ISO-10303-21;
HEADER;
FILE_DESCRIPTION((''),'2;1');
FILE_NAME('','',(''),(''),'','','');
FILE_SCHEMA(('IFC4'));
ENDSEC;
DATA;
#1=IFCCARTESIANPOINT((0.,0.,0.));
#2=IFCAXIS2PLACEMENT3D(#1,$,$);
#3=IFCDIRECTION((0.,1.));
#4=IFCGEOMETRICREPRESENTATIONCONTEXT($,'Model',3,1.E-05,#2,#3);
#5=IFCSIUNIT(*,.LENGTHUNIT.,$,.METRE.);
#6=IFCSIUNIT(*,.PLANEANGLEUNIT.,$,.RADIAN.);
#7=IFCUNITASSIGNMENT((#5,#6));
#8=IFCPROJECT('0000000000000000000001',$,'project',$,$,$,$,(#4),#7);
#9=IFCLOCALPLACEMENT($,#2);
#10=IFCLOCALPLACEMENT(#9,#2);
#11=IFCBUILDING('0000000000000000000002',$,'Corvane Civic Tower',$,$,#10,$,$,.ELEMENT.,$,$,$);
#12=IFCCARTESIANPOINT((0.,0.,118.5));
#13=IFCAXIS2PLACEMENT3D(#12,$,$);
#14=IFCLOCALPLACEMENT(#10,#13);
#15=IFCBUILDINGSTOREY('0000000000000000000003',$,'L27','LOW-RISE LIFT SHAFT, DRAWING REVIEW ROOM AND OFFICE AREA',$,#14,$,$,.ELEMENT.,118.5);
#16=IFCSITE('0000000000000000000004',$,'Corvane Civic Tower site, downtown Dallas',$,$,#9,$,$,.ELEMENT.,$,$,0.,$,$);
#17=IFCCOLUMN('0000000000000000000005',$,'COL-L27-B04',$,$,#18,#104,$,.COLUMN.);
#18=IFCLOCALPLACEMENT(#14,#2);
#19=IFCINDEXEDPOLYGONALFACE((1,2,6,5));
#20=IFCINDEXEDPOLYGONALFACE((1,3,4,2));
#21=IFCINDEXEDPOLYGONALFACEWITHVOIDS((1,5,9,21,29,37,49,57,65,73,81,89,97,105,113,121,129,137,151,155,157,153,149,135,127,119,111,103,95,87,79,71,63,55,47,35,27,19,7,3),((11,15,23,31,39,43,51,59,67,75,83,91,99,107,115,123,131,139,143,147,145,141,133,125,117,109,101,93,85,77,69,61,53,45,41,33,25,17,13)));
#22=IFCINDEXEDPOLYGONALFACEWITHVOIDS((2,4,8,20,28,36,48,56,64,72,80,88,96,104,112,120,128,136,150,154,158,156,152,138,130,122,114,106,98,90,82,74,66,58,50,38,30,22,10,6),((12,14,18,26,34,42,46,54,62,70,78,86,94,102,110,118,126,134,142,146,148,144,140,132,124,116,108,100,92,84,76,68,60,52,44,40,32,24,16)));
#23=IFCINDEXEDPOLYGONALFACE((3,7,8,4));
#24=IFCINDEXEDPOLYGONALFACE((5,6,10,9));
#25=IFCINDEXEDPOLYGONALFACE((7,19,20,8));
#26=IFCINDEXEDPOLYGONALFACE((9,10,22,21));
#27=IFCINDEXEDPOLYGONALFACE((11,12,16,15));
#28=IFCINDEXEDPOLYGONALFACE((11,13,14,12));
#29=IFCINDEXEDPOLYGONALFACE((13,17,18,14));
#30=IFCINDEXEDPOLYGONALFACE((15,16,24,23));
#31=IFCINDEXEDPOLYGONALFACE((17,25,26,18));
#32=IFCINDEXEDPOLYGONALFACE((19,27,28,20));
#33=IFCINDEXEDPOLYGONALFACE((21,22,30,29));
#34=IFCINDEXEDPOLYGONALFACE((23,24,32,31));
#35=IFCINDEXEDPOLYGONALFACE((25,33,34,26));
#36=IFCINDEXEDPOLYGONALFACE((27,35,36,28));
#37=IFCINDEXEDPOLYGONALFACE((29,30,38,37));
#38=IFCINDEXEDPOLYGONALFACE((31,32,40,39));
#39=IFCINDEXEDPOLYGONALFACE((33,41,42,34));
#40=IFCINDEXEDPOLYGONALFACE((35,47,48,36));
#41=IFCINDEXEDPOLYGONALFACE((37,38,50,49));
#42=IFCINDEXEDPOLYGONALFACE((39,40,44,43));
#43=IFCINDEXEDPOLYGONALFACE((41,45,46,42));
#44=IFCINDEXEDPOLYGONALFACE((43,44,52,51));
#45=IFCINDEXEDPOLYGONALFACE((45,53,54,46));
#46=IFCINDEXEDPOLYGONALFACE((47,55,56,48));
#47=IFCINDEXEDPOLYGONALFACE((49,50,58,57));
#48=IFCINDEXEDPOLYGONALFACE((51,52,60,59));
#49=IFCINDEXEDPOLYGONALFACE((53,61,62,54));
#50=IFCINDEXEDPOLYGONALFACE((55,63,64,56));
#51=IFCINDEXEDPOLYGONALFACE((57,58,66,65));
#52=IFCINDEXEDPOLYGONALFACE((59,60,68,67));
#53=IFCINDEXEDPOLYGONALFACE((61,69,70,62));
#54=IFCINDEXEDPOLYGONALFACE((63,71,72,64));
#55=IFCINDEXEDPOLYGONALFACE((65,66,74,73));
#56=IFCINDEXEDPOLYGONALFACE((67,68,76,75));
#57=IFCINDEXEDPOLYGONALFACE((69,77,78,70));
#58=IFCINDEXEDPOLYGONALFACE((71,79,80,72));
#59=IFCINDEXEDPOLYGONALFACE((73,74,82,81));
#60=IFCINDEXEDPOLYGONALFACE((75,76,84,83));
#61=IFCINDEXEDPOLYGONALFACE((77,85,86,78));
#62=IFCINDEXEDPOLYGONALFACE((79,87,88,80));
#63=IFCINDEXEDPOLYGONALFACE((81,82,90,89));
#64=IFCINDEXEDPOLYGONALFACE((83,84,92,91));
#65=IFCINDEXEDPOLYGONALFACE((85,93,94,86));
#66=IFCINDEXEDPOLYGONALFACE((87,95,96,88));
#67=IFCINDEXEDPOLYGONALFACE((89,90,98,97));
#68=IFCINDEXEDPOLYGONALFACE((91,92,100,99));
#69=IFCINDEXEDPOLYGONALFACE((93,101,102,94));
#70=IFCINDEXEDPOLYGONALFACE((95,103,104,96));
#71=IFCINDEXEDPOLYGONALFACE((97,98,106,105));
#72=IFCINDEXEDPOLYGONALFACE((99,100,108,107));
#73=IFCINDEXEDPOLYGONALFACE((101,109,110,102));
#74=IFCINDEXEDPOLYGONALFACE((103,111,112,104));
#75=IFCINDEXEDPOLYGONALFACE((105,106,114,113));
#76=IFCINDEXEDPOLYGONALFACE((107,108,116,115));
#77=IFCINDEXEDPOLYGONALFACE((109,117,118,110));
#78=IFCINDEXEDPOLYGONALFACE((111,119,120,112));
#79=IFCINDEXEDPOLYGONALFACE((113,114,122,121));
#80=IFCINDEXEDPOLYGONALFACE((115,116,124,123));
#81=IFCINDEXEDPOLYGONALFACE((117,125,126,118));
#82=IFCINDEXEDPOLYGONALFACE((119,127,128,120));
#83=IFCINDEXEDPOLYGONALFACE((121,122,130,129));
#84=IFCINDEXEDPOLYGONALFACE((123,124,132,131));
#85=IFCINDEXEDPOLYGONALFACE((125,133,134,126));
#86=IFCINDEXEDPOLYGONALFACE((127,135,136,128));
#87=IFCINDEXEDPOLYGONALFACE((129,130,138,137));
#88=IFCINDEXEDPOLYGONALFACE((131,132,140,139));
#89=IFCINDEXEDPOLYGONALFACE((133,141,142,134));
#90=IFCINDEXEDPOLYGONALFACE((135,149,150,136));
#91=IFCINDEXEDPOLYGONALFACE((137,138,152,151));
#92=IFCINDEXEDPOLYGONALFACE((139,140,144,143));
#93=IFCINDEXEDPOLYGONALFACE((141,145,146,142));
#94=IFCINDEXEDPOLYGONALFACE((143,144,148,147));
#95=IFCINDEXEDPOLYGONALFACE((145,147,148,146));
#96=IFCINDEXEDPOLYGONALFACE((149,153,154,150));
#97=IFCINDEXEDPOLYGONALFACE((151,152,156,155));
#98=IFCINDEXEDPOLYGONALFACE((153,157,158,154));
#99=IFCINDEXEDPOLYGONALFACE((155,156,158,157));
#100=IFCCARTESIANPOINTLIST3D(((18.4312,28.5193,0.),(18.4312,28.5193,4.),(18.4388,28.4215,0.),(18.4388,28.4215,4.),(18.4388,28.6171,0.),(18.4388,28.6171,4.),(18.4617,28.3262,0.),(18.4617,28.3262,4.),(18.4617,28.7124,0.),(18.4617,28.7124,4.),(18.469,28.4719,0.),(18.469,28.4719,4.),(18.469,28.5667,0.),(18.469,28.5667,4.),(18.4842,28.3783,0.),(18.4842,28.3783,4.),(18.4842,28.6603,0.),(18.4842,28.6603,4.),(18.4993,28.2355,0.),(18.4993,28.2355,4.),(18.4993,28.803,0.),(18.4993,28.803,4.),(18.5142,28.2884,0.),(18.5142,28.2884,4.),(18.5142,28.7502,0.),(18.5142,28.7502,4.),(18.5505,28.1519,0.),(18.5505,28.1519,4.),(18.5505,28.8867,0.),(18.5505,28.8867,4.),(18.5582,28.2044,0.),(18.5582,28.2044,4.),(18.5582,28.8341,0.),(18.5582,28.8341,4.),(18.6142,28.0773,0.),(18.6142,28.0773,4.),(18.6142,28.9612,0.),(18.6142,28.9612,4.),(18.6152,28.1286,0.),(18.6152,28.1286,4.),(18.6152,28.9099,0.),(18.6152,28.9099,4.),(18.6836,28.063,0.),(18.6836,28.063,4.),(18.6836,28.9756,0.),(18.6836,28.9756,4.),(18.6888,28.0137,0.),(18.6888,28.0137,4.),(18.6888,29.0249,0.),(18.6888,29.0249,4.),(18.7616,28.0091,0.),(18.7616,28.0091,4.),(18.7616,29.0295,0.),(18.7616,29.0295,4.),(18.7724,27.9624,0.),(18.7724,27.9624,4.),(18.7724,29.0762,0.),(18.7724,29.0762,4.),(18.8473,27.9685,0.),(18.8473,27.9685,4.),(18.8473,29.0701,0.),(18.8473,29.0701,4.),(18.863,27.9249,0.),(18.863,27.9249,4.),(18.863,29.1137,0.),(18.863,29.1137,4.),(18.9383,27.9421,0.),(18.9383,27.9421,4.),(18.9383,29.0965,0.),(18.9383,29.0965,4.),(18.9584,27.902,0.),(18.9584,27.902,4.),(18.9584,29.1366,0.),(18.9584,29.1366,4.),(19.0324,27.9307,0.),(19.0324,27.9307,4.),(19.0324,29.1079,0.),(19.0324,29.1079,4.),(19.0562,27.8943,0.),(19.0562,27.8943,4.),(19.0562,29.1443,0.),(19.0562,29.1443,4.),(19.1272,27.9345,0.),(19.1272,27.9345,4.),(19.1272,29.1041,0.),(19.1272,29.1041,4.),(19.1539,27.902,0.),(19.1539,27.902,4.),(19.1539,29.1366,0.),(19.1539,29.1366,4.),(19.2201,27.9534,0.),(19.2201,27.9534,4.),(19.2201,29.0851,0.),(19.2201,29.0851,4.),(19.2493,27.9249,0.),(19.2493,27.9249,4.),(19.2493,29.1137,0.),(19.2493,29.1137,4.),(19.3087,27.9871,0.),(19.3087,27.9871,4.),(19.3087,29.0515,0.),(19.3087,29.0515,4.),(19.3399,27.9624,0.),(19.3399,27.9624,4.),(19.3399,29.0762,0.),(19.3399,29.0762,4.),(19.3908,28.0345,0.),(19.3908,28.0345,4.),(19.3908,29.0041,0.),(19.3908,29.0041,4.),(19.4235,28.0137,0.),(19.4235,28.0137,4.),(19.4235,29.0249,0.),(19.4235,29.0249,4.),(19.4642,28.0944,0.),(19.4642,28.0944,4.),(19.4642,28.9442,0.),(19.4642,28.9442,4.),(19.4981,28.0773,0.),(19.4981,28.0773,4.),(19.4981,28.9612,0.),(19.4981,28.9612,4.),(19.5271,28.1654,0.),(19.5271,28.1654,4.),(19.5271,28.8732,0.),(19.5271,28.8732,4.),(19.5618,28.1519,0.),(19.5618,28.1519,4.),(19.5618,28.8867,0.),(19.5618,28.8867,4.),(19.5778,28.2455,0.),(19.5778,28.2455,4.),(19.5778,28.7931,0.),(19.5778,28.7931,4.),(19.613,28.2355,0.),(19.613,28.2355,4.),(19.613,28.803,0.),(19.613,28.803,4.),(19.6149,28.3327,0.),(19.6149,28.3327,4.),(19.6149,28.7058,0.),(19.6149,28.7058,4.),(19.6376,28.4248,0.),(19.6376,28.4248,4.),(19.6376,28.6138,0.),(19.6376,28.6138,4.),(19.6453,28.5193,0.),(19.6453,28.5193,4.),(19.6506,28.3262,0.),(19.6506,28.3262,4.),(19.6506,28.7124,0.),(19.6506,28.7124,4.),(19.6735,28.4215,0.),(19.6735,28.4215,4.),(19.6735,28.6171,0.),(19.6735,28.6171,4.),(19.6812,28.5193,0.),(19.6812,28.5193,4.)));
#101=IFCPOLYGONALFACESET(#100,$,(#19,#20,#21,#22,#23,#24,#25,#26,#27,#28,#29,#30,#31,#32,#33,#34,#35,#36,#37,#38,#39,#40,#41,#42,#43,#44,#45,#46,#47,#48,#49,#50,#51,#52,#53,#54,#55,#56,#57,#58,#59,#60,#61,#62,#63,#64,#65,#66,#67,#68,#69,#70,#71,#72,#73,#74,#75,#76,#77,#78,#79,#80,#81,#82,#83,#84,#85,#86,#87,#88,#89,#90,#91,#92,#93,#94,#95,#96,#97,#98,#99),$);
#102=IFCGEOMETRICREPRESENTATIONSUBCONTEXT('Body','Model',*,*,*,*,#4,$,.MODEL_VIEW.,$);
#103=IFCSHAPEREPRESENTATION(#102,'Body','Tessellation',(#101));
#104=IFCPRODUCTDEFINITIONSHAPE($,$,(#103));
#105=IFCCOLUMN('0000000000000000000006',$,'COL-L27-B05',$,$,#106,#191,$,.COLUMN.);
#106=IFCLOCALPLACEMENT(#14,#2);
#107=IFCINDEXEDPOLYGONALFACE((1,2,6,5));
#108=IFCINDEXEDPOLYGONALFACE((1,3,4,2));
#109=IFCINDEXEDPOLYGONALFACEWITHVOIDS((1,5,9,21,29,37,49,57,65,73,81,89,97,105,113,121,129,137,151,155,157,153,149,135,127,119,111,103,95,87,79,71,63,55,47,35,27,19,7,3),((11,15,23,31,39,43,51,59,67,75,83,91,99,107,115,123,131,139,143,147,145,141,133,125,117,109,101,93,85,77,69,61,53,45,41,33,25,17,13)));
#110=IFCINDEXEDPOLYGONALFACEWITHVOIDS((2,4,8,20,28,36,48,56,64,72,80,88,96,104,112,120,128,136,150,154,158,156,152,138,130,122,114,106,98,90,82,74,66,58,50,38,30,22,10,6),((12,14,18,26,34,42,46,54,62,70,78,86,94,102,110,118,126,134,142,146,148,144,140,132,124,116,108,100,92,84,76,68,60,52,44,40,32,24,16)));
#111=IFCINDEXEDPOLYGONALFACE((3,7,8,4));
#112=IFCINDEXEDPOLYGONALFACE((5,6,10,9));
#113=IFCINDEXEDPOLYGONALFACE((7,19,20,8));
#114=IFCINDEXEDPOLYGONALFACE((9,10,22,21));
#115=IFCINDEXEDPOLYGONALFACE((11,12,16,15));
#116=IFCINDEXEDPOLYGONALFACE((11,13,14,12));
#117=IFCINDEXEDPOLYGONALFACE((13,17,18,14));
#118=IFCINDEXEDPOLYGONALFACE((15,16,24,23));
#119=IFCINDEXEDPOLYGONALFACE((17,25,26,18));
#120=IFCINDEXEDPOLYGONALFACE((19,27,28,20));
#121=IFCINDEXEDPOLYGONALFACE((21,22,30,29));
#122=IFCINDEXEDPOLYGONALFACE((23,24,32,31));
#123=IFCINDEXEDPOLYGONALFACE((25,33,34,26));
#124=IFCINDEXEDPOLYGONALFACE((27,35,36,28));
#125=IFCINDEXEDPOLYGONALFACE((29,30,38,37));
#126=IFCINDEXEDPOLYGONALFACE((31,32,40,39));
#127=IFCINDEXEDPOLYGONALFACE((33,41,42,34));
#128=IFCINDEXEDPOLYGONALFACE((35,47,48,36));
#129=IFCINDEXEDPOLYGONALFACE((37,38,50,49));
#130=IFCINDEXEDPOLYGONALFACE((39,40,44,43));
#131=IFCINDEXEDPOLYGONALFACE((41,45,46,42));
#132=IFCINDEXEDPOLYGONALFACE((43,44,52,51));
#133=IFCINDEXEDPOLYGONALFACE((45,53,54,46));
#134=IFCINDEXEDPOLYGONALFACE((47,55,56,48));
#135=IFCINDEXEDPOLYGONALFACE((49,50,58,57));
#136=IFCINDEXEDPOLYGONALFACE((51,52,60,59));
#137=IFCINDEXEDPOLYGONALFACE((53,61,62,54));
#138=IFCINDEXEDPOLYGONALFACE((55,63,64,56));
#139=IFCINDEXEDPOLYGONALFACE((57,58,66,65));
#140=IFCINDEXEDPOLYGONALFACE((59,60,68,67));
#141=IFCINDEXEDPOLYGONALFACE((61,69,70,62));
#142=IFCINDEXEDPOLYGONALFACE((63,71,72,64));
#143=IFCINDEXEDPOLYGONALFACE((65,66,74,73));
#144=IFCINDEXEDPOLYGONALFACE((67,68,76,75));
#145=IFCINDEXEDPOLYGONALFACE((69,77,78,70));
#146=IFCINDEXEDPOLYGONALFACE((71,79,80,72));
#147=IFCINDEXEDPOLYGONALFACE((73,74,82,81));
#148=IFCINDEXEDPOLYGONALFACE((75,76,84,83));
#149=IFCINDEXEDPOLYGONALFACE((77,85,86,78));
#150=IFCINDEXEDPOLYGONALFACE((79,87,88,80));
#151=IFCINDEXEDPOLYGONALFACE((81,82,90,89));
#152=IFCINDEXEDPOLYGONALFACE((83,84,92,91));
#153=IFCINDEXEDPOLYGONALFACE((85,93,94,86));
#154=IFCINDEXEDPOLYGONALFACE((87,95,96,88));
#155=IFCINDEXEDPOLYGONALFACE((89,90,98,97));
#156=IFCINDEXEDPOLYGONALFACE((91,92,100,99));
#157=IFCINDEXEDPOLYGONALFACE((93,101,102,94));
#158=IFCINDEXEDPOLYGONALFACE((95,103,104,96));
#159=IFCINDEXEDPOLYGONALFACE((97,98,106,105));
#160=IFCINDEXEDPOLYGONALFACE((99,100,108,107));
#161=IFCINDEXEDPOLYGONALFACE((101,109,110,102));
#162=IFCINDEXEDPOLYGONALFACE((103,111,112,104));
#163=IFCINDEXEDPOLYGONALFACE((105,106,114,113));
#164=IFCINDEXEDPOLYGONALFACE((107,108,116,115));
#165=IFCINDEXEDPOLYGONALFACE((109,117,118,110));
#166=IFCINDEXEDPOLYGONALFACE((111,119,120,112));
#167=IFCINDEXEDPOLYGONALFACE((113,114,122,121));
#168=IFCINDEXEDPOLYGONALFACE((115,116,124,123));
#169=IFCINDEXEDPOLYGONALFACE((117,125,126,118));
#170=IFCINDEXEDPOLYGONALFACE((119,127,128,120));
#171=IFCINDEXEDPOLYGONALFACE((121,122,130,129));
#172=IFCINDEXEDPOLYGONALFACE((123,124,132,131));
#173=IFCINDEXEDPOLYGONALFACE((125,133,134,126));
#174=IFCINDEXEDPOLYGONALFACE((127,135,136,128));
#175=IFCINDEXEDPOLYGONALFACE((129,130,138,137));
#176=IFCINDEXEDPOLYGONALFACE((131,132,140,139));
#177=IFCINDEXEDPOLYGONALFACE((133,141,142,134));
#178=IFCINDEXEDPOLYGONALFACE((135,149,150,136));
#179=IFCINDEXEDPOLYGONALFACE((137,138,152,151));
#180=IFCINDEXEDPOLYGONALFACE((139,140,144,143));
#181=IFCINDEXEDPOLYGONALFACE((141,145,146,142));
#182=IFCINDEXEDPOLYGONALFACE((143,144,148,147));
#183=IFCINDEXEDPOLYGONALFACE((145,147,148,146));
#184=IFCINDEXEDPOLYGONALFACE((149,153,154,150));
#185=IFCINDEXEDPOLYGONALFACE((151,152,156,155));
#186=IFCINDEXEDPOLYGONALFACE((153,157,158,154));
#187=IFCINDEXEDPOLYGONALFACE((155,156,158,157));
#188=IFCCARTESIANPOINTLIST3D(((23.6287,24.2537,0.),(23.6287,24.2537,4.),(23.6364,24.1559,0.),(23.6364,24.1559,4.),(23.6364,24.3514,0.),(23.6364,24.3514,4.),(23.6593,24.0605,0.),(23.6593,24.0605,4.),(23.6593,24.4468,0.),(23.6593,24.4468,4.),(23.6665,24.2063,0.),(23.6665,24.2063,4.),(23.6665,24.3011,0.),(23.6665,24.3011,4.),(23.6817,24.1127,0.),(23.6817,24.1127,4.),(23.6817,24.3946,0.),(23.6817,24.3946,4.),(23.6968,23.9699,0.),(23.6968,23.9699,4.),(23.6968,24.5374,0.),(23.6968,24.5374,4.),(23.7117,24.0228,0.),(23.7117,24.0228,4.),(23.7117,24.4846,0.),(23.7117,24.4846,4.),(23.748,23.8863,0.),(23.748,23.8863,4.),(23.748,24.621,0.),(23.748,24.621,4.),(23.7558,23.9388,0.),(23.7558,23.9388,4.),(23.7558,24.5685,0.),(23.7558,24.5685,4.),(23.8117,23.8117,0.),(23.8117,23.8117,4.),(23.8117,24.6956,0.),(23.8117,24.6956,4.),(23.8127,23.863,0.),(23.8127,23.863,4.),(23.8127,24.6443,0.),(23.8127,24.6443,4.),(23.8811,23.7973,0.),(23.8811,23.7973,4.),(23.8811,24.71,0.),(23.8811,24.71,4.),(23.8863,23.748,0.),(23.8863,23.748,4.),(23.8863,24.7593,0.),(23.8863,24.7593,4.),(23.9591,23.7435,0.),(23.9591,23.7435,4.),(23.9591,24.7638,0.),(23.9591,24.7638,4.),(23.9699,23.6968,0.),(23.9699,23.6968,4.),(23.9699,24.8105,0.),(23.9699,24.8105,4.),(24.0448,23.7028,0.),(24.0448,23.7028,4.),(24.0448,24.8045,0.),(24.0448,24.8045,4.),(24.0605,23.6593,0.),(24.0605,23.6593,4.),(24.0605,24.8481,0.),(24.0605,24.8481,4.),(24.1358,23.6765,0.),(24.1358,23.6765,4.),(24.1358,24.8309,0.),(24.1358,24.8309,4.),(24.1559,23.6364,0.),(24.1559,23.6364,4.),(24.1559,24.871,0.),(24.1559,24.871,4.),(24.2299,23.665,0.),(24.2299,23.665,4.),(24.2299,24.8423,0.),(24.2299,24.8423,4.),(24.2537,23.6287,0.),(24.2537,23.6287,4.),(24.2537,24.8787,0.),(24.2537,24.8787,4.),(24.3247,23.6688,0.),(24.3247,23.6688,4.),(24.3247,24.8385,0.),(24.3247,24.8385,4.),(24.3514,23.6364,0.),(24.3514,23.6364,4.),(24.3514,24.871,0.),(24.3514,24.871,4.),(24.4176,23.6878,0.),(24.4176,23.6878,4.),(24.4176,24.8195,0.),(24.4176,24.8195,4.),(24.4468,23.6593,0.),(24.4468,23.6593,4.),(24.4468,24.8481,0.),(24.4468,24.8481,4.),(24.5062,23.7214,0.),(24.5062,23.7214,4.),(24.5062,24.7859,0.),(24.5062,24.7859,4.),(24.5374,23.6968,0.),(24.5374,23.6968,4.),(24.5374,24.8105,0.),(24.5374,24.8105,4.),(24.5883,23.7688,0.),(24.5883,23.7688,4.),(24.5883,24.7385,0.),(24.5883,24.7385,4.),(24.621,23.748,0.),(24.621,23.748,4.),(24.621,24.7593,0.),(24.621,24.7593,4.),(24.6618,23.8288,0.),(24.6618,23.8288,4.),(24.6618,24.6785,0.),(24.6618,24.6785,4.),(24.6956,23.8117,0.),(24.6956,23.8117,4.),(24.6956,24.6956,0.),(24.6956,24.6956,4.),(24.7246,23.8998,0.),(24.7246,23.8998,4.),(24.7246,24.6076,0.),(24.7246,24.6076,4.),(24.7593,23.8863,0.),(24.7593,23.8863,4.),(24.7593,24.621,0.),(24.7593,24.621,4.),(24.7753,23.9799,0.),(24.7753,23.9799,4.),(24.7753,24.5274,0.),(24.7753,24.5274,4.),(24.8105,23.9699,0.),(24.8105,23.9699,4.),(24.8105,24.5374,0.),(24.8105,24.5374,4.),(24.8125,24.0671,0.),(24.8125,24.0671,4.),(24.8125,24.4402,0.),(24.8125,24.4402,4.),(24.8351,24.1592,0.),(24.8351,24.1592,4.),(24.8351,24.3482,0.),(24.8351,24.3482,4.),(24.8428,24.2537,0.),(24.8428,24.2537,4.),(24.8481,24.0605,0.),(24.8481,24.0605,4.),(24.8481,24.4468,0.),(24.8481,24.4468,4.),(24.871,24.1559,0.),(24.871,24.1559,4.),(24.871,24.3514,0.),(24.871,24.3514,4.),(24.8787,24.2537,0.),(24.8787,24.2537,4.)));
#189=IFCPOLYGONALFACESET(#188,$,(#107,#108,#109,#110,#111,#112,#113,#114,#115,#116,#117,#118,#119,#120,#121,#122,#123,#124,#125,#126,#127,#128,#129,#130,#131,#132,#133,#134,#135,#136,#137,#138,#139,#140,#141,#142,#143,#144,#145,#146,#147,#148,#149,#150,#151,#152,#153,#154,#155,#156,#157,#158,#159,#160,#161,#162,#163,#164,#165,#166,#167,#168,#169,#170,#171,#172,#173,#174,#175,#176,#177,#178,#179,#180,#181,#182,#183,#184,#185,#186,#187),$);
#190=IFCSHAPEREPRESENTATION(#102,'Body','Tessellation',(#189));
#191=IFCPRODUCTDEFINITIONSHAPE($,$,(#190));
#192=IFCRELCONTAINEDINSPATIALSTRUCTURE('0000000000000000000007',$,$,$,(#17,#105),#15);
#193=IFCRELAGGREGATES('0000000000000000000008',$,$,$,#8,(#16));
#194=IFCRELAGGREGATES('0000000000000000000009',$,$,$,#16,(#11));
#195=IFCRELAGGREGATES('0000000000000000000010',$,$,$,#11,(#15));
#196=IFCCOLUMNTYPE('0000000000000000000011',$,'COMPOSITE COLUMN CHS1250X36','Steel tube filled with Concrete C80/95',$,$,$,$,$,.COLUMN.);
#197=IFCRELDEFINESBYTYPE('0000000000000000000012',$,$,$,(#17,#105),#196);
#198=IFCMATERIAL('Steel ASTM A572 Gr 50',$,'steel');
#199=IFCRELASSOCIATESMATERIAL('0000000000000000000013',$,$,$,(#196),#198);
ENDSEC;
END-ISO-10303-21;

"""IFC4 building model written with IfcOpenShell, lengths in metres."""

from ifc_helpers import new_model, si_unit, direction, frame, origin, origin_2d, place, context, subcontext, project, spatial, hollow_circle, extrude, material, material_profile, profile_set, type_object, element, save


model = new_model("IFC4")

# Units and contexts
model_context = context("Model", 3, precision=1e-05, world=origin(), true_north=direction((0.0, 1.0)))
body_context = subcontext(model_context, "Body", "Model", "MODEL_VIEW")
ifc_project = project(units=[si_unit("LENGTHUNIT", "METRE"), si_unit("PLANEANGLEUNIT", "RADIAN")], contexts=[model_context])

# Site, building, storey
site_placement = place(None, origin())
site = spatial("IfcSite", under=ifc_project, at=site_placement, Name="Corvane Civic Tower site, downtown Dallas", CompositionType="ELEMENT", RefElevation=0.0)
building_placement = place(site_placement, origin())
building = spatial("IfcBuilding", under=site, at=building_placement, Name="Corvane Civic Tower", CompositionType="ELEMENT")
storey_placement = place(building_placement, frame((0.0, 0.0, 118.5)))
storey = spatial("IfcBuildingStorey", under=building, at=storey_placement, Name="L27", Description="LOW-RISE LIFT SHAFT, DRAWING REVIEW ROOM AND OFFICE AREA", CompositionType="ELEMENT", Elevation=118.5)

# Columns
ifc_material_1 = material(Name="Steel ASTM A572 Gr 50", Category="steel")
ifc_material_profile_1 = material_profile(ifc_material_1, hollow_circle(Radius=0.625, WallThickness=0.0359, at=origin_2d()), Name="CHS1250X36")
ifc_profile_set_1 = profile_set([ifc_material_profile_1], Name="Steel ASTM A572 Gr 50")
column_type = type_object("IfcColumnType", Name="COMPOSITE COLUMN CHS1250X36", Description="Steel tube filled with Concrete C80/95", PredefinedType="COLUMN", material=ifc_profile_set_1)
for number, where, z_axis, x_axis, name in (
    (1, (19.0562, 28.5193, 0.0), (0.0, 0.0, 1.0), (1.0, 0.0, 0.0), "COL-L27-B04"),
    (2, (24.2537, 24.2537, 0.0), (0.0, 0.0, 1.0), (1.0, 0.0, 0.0), "COL-L27-B05"),
):
    element("IfcColumn", number, at=place(storey_placement, frame(where, z_axis=z_axis, x_axis=x_axis)), inside=storey, type_object=column_type, Name=name, PredefinedType="COLUMN", context=body_context, shape_type="SweptSolid", body=[
        extrude(hollow_circle(Radius=0.625, WallThickness=0.0359, at=origin_2d()), origin(), (0.0, 0.0, 1.0), 4.0),
    ])

save(model, "model.ifc")
